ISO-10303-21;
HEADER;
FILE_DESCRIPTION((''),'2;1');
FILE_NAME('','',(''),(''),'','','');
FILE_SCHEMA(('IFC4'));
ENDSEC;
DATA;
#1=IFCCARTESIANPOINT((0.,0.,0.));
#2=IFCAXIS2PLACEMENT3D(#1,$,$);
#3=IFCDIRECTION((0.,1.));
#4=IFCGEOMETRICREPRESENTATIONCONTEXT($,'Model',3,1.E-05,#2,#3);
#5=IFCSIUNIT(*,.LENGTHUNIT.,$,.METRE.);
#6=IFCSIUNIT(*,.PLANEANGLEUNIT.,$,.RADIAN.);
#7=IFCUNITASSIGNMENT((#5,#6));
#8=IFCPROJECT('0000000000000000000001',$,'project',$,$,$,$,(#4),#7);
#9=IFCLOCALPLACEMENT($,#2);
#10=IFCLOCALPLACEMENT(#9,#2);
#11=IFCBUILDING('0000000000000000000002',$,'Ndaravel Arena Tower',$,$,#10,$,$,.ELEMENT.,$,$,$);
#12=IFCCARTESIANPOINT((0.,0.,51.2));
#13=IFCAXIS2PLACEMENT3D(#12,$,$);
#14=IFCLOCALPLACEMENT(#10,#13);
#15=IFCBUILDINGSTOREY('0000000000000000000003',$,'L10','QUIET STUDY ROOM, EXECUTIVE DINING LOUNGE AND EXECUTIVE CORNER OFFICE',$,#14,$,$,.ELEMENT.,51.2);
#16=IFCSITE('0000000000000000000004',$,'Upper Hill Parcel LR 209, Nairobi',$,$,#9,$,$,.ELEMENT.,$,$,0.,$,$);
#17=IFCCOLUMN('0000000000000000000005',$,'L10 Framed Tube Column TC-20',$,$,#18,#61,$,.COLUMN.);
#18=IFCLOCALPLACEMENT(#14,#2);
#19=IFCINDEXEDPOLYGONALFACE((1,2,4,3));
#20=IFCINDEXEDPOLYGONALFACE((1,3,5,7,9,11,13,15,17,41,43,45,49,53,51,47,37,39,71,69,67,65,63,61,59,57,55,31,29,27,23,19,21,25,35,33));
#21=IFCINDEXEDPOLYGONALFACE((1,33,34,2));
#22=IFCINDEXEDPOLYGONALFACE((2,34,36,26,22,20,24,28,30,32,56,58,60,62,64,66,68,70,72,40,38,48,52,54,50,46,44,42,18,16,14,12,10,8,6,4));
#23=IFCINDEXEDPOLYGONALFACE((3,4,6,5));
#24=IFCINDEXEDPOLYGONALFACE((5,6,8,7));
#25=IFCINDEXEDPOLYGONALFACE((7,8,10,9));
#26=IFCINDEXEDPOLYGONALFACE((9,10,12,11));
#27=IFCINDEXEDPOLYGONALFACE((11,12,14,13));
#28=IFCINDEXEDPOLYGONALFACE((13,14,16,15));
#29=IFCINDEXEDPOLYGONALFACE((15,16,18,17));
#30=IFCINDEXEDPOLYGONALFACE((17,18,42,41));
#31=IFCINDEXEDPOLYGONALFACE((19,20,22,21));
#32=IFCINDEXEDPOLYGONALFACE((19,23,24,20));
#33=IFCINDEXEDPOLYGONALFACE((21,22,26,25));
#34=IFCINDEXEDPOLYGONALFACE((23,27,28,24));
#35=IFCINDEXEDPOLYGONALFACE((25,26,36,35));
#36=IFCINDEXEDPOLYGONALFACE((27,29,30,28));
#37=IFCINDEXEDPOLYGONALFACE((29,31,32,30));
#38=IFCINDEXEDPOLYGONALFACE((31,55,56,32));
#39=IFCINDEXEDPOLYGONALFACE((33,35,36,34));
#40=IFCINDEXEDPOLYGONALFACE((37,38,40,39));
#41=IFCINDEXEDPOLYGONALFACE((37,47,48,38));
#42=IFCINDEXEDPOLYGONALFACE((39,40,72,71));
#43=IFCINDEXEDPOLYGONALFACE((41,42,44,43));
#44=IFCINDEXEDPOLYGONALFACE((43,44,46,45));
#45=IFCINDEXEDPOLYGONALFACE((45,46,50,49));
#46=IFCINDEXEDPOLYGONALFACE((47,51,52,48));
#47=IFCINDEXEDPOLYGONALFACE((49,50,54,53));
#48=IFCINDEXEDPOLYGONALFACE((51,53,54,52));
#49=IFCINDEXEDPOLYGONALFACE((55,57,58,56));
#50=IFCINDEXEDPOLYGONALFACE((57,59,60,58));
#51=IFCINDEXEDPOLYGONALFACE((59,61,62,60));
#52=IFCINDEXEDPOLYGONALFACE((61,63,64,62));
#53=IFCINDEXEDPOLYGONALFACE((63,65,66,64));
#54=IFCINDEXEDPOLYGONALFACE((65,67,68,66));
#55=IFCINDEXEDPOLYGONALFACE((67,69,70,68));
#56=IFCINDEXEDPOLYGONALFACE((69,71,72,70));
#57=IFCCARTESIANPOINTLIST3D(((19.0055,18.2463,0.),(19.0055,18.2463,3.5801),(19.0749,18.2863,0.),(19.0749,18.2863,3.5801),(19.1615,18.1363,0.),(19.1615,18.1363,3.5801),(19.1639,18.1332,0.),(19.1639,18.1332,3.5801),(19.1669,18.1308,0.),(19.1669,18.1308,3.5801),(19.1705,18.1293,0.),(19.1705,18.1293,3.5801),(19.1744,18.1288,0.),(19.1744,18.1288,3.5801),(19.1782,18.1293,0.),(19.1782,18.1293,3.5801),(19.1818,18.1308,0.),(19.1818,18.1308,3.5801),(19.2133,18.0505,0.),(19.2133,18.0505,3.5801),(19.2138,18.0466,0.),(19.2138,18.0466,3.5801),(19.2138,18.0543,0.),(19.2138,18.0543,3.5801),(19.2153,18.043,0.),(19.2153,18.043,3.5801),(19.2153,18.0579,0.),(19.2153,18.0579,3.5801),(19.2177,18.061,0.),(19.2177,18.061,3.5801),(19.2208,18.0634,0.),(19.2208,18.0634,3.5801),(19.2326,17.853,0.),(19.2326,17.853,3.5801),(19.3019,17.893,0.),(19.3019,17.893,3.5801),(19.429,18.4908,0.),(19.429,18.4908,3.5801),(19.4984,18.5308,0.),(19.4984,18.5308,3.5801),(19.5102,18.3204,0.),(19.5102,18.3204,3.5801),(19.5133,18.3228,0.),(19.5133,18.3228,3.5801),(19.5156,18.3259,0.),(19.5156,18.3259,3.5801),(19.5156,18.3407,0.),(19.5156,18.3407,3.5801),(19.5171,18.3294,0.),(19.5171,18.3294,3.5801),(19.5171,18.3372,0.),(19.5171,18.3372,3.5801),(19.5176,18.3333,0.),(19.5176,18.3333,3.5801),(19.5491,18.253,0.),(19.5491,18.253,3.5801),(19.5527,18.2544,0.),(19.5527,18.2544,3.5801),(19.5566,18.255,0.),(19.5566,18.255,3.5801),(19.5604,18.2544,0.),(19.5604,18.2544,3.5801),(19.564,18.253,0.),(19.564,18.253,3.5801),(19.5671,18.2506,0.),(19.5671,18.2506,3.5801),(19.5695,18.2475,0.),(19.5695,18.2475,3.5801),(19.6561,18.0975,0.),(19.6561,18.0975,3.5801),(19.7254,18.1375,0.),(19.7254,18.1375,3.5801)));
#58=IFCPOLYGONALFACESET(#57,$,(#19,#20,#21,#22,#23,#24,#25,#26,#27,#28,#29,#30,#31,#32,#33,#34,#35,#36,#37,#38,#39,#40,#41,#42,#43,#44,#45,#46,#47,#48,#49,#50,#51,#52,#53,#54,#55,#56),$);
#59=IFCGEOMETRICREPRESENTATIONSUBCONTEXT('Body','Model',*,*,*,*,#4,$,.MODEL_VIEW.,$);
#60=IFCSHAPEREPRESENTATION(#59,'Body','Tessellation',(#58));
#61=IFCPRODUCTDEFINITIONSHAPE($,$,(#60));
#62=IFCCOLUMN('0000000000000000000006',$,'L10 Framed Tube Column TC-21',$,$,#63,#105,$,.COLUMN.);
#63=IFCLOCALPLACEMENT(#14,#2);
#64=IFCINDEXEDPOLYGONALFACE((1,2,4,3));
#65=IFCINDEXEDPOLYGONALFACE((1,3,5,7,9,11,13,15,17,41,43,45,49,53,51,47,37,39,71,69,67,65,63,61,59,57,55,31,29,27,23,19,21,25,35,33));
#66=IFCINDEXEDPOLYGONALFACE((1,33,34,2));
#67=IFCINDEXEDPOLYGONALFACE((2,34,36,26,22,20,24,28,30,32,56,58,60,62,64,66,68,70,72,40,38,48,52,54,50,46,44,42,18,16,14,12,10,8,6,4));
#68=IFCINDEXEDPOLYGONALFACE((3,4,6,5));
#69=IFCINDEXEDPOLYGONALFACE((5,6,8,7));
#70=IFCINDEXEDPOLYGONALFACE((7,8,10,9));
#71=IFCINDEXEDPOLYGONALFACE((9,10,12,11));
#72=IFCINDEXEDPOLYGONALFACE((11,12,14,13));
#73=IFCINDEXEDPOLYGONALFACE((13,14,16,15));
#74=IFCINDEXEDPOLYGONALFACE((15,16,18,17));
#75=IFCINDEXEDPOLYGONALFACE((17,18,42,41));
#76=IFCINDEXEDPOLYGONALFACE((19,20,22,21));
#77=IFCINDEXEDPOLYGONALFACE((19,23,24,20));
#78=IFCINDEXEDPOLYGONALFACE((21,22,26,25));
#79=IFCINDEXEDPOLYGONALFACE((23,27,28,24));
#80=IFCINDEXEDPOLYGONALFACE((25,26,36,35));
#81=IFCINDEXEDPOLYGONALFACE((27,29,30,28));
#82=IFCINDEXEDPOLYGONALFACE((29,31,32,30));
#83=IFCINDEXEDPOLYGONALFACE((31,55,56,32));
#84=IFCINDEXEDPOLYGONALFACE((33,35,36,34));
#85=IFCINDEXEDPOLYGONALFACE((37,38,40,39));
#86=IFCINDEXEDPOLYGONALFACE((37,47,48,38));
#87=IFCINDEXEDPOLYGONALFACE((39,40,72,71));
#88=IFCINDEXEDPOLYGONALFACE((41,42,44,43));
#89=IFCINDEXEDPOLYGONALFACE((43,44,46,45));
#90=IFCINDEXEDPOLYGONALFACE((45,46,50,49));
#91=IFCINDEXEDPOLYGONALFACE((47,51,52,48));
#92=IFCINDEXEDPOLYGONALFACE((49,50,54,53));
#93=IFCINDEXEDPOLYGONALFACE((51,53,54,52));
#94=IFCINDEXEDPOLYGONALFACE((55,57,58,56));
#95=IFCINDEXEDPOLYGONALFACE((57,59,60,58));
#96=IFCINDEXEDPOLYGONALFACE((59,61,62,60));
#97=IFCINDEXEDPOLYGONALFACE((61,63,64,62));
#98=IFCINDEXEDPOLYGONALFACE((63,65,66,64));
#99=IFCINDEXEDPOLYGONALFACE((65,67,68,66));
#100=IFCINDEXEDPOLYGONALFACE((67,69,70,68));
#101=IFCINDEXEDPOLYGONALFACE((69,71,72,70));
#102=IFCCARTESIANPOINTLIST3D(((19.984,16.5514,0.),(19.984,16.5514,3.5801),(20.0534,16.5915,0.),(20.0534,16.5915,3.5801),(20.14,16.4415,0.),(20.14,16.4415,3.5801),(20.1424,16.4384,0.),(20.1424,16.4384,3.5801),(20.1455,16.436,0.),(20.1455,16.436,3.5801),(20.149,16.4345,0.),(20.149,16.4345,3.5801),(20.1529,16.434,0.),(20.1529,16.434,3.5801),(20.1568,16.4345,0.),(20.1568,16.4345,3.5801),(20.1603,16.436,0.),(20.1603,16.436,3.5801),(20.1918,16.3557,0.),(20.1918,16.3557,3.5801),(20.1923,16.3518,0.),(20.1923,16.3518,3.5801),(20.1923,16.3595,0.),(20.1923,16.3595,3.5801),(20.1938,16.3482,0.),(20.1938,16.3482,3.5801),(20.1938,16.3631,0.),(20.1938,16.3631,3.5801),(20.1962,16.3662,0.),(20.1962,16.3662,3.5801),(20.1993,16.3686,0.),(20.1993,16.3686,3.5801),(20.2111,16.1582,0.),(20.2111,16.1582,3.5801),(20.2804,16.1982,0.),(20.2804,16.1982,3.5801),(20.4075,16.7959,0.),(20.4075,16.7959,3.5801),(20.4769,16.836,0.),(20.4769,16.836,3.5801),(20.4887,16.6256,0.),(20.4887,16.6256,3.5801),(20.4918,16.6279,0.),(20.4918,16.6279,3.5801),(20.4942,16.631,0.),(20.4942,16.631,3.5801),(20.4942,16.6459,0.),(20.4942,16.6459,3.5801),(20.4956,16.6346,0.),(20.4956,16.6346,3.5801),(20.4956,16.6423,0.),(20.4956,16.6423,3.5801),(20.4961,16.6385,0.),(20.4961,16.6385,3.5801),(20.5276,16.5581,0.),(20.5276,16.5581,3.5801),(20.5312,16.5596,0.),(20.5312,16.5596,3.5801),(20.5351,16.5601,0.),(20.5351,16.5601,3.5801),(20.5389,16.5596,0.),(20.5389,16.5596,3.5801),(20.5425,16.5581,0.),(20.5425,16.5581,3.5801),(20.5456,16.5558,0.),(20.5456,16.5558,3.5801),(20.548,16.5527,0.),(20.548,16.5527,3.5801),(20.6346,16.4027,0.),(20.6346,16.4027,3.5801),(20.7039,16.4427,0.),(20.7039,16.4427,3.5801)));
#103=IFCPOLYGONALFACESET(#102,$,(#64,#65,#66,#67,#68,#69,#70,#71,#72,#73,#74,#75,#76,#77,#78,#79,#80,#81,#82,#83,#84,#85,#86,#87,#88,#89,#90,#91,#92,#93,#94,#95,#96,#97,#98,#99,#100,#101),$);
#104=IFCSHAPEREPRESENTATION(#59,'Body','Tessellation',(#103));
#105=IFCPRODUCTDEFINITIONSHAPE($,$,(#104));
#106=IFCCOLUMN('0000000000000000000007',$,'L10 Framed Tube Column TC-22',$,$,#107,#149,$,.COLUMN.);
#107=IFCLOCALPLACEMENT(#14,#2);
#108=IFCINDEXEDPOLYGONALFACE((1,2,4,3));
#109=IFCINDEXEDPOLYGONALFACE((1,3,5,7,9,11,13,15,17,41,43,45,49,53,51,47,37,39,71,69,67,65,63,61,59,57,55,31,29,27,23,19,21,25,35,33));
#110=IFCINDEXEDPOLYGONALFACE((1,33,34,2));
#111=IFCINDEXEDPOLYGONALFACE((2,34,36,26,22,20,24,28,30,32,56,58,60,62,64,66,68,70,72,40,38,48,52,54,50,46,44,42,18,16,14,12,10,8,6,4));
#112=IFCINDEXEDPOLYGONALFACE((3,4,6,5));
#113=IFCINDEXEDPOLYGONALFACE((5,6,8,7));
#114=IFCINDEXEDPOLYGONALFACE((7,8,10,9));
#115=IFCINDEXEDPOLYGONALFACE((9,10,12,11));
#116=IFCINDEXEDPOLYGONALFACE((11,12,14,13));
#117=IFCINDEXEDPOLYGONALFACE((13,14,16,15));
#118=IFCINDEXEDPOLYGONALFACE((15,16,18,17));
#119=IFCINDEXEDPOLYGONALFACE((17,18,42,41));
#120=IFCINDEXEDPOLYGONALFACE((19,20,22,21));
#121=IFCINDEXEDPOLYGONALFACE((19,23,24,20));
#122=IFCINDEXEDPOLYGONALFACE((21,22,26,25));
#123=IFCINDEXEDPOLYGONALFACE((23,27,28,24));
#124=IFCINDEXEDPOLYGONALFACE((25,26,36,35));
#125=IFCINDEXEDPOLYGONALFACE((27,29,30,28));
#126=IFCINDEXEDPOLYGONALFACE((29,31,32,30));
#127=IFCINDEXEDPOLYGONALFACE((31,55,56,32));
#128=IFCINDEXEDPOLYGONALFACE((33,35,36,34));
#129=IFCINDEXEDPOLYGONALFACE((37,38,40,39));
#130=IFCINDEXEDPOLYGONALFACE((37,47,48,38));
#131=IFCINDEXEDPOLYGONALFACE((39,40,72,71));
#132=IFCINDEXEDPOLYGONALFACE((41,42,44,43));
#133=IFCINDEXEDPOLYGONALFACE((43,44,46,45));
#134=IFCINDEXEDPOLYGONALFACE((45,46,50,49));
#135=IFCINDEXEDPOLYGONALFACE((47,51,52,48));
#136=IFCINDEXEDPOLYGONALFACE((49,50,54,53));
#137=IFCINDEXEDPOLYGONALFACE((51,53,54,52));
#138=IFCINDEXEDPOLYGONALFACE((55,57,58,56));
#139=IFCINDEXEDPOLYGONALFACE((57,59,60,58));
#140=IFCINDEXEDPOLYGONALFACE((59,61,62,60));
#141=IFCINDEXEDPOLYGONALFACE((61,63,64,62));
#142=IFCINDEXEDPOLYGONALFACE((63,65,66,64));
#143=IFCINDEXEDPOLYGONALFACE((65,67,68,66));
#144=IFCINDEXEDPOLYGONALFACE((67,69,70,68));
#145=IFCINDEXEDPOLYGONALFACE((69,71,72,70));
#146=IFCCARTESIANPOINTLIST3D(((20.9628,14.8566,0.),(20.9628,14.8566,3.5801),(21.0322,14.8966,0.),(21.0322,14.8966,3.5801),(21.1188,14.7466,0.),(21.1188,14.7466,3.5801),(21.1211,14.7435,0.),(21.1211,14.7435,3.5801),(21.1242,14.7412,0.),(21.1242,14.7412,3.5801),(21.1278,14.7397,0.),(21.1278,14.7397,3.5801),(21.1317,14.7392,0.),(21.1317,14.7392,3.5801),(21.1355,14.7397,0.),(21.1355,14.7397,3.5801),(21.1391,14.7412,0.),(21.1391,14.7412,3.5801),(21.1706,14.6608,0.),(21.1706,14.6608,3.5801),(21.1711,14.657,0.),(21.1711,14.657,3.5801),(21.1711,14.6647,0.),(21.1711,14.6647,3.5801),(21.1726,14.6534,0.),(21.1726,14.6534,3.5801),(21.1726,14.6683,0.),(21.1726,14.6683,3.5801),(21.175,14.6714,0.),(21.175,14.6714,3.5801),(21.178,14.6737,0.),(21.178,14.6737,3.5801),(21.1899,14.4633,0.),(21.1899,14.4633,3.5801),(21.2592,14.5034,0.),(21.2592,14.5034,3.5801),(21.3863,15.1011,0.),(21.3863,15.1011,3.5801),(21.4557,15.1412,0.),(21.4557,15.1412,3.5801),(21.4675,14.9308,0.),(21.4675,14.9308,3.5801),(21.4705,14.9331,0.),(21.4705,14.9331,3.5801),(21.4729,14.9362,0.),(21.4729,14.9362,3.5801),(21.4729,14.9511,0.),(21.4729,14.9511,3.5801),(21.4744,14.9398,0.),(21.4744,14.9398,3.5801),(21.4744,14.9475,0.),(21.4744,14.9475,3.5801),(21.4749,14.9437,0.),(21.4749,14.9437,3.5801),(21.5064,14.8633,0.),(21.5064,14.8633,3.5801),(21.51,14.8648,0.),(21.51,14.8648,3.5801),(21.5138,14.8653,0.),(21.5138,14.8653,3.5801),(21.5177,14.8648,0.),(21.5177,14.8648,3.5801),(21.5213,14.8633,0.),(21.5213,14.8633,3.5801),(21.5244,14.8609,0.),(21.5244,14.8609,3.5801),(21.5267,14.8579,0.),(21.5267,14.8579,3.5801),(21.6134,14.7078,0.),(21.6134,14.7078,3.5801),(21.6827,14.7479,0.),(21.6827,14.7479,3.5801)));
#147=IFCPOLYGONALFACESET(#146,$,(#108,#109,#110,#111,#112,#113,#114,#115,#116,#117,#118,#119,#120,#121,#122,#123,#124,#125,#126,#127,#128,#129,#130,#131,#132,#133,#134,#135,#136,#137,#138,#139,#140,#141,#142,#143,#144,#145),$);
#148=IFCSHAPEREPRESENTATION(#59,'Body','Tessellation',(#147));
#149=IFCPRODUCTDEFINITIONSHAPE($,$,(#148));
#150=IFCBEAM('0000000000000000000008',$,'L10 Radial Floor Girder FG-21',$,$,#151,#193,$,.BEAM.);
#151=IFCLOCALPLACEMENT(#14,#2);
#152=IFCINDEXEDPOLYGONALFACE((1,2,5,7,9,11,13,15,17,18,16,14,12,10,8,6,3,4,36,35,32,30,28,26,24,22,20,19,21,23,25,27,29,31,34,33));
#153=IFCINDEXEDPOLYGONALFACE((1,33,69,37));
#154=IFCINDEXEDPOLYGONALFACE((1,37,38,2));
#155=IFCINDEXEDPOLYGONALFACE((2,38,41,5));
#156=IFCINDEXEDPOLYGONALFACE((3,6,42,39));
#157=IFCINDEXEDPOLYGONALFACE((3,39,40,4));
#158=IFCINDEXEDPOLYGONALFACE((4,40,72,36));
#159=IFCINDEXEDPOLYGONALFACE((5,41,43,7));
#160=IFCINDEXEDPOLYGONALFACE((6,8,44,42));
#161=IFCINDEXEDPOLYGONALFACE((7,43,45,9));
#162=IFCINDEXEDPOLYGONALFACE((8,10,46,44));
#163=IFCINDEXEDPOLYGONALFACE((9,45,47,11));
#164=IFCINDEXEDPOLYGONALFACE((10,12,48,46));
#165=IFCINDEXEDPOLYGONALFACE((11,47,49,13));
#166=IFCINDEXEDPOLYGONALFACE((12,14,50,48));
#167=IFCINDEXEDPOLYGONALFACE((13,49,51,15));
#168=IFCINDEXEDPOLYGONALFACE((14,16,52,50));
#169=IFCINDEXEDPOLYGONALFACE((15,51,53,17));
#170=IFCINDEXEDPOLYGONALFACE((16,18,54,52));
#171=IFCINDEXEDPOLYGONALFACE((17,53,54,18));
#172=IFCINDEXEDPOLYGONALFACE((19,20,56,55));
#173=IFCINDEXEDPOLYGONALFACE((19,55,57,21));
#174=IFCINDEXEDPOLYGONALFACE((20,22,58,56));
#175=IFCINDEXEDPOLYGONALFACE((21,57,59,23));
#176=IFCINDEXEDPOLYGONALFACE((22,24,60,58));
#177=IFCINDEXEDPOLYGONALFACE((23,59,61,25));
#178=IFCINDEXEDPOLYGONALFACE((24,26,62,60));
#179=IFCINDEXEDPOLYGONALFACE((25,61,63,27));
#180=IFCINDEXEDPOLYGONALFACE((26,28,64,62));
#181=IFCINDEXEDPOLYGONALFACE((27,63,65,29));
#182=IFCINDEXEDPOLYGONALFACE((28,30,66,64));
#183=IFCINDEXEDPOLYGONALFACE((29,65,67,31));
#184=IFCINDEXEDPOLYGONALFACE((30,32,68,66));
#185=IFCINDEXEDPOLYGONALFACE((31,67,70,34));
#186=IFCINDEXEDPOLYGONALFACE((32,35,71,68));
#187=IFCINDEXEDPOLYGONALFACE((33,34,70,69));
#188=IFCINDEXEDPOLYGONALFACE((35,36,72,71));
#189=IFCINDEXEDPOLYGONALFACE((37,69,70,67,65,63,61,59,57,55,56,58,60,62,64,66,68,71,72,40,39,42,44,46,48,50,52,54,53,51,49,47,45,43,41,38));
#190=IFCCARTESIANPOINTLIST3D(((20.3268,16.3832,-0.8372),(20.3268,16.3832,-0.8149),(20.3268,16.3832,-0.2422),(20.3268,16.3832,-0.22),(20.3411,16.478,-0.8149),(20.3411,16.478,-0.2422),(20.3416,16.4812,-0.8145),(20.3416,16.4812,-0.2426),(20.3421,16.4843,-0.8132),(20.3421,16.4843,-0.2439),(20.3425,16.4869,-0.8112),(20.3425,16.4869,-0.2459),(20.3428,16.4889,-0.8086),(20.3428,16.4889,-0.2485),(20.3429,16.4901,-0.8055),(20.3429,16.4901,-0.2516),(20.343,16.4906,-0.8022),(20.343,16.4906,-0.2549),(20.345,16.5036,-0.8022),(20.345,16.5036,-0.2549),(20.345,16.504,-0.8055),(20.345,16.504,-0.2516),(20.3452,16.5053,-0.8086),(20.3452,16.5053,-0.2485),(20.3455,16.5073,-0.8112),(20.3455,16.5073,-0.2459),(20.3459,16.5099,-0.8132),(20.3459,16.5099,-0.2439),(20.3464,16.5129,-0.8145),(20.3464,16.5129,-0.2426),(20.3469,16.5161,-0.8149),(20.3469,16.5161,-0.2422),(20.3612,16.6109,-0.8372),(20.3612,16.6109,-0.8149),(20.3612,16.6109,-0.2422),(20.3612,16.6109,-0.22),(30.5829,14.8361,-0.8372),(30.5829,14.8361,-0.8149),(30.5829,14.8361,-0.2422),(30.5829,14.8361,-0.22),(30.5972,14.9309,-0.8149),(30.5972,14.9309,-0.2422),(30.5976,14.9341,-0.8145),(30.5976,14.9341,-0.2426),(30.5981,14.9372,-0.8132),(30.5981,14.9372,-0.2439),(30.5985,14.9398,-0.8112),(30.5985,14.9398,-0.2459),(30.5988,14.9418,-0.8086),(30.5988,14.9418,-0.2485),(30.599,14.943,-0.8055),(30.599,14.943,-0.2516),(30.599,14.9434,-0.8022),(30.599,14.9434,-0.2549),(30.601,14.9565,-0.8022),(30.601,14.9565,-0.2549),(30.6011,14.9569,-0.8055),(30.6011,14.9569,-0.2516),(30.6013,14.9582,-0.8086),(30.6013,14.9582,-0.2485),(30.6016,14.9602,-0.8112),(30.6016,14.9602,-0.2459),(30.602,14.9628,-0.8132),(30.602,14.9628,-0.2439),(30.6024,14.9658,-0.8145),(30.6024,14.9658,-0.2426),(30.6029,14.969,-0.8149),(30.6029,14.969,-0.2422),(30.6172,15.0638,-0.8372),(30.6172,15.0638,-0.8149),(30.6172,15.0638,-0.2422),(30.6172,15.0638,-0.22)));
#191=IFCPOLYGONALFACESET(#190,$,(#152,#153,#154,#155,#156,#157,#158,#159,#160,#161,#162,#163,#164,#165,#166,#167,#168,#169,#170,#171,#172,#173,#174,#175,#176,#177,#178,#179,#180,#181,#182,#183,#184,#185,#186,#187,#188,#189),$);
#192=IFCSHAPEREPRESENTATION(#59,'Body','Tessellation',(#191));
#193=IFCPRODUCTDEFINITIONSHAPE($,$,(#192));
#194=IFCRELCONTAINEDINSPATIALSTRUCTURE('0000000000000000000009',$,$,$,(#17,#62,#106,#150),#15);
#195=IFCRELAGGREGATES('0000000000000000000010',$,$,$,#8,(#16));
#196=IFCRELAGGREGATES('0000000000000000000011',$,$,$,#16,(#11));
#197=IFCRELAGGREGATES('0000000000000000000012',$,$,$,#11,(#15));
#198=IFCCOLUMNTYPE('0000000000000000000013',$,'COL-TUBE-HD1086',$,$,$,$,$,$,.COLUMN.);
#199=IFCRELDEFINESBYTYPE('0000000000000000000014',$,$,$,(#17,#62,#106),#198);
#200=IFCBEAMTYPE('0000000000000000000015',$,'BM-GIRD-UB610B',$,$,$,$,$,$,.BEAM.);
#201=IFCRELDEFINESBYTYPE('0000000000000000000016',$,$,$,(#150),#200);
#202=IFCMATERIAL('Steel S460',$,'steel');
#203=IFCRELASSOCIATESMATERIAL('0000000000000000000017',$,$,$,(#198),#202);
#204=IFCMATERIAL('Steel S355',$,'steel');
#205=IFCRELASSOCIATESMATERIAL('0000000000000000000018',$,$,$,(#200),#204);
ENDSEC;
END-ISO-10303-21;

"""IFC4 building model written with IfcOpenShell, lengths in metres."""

from ifc_helpers import new_model, si_unit, direction, frame, origin, origin_2d, place, context, subcontext, project, spatial, i_section, extrude, material, material_profile, profile_set, type_object, element, save


model = new_model("IFC4")

# Units and contexts
model_context = context("Model", 3, precision=1e-05, world=origin(), true_north=direction((0.0, 1.0)))
body_context = subcontext(model_context, "Body", "Model", "MODEL_VIEW")
ifc_project = project(units=[si_unit("LENGTHUNIT", "METRE"), si_unit("PLANEANGLEUNIT", "RADIAN")], contexts=[model_context])

# Site, building, storey
site_placement = place(None, origin())
site = spatial("IfcSite", under=ifc_project, at=site_placement, Name="Upper Hill Parcel LR 209, Nairobi", CompositionType="ELEMENT", RefElevation=0.0)
building_placement = place(site_placement, origin())
building = spatial("IfcBuilding", under=site, at=building_placement, Name="Ndaravel Arena Tower", CompositionType="ELEMENT")
storey_placement = place(building_placement, frame((0.0, 0.0, 51.2)))
storey = spatial("IfcBuildingStorey", under=building, at=storey_placement, Name="L10", Description="QUIET STUDY ROOM, EXECUTIVE DINING LOUNGE AND EXECUTIVE CORNER OFFICE", CompositionType="ELEMENT", Elevation=51.2)

# Columns
ifc_material_1 = material(Name="Steel S460", Category="steel")
ifc_material_profile_1 = material_profile(ifc_material_1, i_section(OverallWidth=0.4541, OverallDepth=0.5691, WebThickness=0.0779, FlangeThickness=0.0801, FilletRadius=0.0149, at=origin_2d()), Name="HD 400x1086")
ifc_profile_set_1 = profile_set([ifc_material_profile_1], Name="Steel S460")
column_type = type_object("IfcColumnType", Name="COL-TUBE-HD1086", PredefinedType="COLUMN", material=ifc_profile_set_1)
for number, where, z_axis, x_axis, name in (
    (1, (19.3655, 18.1919, 0.0), (0.0, 0.0, 1.0), (-0.5, 0.866025, 0.0), "L10 Framed Tube Column TC-20"),
    (2, (20.344, 16.4971, 0.0), (0.0, 0.0, 1.0), (-0.5, 0.866025, 0.0), "L10 Framed Tube Column TC-21"),
    (3, (21.3228, 14.8022, 0.0), (0.0, 0.0, 1.0), (-0.5, 0.866025, 0.0), "L10 Framed Tube Column TC-22"),
):
    element("IfcColumn", number, at=place(storey_placement, frame(where, z_axis=z_axis, x_axis=x_axis)), inside=storey, type_object=column_type, Name=name, PredefinedType="COLUMN", context=body_context, shape_type="SweptSolid", body=[
        extrude(i_section(OverallWidth=0.4541, OverallDepth=0.5691, WebThickness=0.0779, FlangeThickness=0.0801, FilletRadius=0.0149, at=origin_2d()), origin(), (0.0, 0.0, 1.0), 3.5801),
    ])

# Beam
ifc_material_2 = material(Name="Steel S355", Category="steel")
ifc_material_profile_2 = material_profile(ifc_material_2, i_section(OverallWidth=0.2302, OverallDepth=0.6172, WebThickness=0.0132, FlangeThickness=0.0222, FilletRadius=0.0127, at=origin_2d()), Name="UB 610x229x140")
ifc_profile_set_2 = profile_set([ifc_material_profile_2], Name="Steel S355")
beam_type_1 = type_object("IfcBeamType", Name="BM-GIRD-UB610B", PredefinedType="BEAM", material=ifc_profile_set_2)
beam_1_placement = place(storey_placement, frame((20.344, 16.4971, -0.5286), z_axis=(0.988813, -0.149161, 0.0), x_axis=(0.149161, 0.988813, 0.0)))
element("IfcBeam", 4, at=beam_1_placement, inside=storey, type_object=beam_type_1, Name="L10 Radial Floor Girder FG-21", PredefinedType="BEAM", context=body_context, shape_type="SweptSolid", body=[
    extrude(i_section(OverallWidth=0.2302, OverallDepth=0.6172, WebThickness=0.0132, FlangeThickness=0.0222, FilletRadius=0.0127, at=origin_2d()), origin(), (0.0, 0.0, 1.0), 10.3721),
])

save(model, "model.ifc")
